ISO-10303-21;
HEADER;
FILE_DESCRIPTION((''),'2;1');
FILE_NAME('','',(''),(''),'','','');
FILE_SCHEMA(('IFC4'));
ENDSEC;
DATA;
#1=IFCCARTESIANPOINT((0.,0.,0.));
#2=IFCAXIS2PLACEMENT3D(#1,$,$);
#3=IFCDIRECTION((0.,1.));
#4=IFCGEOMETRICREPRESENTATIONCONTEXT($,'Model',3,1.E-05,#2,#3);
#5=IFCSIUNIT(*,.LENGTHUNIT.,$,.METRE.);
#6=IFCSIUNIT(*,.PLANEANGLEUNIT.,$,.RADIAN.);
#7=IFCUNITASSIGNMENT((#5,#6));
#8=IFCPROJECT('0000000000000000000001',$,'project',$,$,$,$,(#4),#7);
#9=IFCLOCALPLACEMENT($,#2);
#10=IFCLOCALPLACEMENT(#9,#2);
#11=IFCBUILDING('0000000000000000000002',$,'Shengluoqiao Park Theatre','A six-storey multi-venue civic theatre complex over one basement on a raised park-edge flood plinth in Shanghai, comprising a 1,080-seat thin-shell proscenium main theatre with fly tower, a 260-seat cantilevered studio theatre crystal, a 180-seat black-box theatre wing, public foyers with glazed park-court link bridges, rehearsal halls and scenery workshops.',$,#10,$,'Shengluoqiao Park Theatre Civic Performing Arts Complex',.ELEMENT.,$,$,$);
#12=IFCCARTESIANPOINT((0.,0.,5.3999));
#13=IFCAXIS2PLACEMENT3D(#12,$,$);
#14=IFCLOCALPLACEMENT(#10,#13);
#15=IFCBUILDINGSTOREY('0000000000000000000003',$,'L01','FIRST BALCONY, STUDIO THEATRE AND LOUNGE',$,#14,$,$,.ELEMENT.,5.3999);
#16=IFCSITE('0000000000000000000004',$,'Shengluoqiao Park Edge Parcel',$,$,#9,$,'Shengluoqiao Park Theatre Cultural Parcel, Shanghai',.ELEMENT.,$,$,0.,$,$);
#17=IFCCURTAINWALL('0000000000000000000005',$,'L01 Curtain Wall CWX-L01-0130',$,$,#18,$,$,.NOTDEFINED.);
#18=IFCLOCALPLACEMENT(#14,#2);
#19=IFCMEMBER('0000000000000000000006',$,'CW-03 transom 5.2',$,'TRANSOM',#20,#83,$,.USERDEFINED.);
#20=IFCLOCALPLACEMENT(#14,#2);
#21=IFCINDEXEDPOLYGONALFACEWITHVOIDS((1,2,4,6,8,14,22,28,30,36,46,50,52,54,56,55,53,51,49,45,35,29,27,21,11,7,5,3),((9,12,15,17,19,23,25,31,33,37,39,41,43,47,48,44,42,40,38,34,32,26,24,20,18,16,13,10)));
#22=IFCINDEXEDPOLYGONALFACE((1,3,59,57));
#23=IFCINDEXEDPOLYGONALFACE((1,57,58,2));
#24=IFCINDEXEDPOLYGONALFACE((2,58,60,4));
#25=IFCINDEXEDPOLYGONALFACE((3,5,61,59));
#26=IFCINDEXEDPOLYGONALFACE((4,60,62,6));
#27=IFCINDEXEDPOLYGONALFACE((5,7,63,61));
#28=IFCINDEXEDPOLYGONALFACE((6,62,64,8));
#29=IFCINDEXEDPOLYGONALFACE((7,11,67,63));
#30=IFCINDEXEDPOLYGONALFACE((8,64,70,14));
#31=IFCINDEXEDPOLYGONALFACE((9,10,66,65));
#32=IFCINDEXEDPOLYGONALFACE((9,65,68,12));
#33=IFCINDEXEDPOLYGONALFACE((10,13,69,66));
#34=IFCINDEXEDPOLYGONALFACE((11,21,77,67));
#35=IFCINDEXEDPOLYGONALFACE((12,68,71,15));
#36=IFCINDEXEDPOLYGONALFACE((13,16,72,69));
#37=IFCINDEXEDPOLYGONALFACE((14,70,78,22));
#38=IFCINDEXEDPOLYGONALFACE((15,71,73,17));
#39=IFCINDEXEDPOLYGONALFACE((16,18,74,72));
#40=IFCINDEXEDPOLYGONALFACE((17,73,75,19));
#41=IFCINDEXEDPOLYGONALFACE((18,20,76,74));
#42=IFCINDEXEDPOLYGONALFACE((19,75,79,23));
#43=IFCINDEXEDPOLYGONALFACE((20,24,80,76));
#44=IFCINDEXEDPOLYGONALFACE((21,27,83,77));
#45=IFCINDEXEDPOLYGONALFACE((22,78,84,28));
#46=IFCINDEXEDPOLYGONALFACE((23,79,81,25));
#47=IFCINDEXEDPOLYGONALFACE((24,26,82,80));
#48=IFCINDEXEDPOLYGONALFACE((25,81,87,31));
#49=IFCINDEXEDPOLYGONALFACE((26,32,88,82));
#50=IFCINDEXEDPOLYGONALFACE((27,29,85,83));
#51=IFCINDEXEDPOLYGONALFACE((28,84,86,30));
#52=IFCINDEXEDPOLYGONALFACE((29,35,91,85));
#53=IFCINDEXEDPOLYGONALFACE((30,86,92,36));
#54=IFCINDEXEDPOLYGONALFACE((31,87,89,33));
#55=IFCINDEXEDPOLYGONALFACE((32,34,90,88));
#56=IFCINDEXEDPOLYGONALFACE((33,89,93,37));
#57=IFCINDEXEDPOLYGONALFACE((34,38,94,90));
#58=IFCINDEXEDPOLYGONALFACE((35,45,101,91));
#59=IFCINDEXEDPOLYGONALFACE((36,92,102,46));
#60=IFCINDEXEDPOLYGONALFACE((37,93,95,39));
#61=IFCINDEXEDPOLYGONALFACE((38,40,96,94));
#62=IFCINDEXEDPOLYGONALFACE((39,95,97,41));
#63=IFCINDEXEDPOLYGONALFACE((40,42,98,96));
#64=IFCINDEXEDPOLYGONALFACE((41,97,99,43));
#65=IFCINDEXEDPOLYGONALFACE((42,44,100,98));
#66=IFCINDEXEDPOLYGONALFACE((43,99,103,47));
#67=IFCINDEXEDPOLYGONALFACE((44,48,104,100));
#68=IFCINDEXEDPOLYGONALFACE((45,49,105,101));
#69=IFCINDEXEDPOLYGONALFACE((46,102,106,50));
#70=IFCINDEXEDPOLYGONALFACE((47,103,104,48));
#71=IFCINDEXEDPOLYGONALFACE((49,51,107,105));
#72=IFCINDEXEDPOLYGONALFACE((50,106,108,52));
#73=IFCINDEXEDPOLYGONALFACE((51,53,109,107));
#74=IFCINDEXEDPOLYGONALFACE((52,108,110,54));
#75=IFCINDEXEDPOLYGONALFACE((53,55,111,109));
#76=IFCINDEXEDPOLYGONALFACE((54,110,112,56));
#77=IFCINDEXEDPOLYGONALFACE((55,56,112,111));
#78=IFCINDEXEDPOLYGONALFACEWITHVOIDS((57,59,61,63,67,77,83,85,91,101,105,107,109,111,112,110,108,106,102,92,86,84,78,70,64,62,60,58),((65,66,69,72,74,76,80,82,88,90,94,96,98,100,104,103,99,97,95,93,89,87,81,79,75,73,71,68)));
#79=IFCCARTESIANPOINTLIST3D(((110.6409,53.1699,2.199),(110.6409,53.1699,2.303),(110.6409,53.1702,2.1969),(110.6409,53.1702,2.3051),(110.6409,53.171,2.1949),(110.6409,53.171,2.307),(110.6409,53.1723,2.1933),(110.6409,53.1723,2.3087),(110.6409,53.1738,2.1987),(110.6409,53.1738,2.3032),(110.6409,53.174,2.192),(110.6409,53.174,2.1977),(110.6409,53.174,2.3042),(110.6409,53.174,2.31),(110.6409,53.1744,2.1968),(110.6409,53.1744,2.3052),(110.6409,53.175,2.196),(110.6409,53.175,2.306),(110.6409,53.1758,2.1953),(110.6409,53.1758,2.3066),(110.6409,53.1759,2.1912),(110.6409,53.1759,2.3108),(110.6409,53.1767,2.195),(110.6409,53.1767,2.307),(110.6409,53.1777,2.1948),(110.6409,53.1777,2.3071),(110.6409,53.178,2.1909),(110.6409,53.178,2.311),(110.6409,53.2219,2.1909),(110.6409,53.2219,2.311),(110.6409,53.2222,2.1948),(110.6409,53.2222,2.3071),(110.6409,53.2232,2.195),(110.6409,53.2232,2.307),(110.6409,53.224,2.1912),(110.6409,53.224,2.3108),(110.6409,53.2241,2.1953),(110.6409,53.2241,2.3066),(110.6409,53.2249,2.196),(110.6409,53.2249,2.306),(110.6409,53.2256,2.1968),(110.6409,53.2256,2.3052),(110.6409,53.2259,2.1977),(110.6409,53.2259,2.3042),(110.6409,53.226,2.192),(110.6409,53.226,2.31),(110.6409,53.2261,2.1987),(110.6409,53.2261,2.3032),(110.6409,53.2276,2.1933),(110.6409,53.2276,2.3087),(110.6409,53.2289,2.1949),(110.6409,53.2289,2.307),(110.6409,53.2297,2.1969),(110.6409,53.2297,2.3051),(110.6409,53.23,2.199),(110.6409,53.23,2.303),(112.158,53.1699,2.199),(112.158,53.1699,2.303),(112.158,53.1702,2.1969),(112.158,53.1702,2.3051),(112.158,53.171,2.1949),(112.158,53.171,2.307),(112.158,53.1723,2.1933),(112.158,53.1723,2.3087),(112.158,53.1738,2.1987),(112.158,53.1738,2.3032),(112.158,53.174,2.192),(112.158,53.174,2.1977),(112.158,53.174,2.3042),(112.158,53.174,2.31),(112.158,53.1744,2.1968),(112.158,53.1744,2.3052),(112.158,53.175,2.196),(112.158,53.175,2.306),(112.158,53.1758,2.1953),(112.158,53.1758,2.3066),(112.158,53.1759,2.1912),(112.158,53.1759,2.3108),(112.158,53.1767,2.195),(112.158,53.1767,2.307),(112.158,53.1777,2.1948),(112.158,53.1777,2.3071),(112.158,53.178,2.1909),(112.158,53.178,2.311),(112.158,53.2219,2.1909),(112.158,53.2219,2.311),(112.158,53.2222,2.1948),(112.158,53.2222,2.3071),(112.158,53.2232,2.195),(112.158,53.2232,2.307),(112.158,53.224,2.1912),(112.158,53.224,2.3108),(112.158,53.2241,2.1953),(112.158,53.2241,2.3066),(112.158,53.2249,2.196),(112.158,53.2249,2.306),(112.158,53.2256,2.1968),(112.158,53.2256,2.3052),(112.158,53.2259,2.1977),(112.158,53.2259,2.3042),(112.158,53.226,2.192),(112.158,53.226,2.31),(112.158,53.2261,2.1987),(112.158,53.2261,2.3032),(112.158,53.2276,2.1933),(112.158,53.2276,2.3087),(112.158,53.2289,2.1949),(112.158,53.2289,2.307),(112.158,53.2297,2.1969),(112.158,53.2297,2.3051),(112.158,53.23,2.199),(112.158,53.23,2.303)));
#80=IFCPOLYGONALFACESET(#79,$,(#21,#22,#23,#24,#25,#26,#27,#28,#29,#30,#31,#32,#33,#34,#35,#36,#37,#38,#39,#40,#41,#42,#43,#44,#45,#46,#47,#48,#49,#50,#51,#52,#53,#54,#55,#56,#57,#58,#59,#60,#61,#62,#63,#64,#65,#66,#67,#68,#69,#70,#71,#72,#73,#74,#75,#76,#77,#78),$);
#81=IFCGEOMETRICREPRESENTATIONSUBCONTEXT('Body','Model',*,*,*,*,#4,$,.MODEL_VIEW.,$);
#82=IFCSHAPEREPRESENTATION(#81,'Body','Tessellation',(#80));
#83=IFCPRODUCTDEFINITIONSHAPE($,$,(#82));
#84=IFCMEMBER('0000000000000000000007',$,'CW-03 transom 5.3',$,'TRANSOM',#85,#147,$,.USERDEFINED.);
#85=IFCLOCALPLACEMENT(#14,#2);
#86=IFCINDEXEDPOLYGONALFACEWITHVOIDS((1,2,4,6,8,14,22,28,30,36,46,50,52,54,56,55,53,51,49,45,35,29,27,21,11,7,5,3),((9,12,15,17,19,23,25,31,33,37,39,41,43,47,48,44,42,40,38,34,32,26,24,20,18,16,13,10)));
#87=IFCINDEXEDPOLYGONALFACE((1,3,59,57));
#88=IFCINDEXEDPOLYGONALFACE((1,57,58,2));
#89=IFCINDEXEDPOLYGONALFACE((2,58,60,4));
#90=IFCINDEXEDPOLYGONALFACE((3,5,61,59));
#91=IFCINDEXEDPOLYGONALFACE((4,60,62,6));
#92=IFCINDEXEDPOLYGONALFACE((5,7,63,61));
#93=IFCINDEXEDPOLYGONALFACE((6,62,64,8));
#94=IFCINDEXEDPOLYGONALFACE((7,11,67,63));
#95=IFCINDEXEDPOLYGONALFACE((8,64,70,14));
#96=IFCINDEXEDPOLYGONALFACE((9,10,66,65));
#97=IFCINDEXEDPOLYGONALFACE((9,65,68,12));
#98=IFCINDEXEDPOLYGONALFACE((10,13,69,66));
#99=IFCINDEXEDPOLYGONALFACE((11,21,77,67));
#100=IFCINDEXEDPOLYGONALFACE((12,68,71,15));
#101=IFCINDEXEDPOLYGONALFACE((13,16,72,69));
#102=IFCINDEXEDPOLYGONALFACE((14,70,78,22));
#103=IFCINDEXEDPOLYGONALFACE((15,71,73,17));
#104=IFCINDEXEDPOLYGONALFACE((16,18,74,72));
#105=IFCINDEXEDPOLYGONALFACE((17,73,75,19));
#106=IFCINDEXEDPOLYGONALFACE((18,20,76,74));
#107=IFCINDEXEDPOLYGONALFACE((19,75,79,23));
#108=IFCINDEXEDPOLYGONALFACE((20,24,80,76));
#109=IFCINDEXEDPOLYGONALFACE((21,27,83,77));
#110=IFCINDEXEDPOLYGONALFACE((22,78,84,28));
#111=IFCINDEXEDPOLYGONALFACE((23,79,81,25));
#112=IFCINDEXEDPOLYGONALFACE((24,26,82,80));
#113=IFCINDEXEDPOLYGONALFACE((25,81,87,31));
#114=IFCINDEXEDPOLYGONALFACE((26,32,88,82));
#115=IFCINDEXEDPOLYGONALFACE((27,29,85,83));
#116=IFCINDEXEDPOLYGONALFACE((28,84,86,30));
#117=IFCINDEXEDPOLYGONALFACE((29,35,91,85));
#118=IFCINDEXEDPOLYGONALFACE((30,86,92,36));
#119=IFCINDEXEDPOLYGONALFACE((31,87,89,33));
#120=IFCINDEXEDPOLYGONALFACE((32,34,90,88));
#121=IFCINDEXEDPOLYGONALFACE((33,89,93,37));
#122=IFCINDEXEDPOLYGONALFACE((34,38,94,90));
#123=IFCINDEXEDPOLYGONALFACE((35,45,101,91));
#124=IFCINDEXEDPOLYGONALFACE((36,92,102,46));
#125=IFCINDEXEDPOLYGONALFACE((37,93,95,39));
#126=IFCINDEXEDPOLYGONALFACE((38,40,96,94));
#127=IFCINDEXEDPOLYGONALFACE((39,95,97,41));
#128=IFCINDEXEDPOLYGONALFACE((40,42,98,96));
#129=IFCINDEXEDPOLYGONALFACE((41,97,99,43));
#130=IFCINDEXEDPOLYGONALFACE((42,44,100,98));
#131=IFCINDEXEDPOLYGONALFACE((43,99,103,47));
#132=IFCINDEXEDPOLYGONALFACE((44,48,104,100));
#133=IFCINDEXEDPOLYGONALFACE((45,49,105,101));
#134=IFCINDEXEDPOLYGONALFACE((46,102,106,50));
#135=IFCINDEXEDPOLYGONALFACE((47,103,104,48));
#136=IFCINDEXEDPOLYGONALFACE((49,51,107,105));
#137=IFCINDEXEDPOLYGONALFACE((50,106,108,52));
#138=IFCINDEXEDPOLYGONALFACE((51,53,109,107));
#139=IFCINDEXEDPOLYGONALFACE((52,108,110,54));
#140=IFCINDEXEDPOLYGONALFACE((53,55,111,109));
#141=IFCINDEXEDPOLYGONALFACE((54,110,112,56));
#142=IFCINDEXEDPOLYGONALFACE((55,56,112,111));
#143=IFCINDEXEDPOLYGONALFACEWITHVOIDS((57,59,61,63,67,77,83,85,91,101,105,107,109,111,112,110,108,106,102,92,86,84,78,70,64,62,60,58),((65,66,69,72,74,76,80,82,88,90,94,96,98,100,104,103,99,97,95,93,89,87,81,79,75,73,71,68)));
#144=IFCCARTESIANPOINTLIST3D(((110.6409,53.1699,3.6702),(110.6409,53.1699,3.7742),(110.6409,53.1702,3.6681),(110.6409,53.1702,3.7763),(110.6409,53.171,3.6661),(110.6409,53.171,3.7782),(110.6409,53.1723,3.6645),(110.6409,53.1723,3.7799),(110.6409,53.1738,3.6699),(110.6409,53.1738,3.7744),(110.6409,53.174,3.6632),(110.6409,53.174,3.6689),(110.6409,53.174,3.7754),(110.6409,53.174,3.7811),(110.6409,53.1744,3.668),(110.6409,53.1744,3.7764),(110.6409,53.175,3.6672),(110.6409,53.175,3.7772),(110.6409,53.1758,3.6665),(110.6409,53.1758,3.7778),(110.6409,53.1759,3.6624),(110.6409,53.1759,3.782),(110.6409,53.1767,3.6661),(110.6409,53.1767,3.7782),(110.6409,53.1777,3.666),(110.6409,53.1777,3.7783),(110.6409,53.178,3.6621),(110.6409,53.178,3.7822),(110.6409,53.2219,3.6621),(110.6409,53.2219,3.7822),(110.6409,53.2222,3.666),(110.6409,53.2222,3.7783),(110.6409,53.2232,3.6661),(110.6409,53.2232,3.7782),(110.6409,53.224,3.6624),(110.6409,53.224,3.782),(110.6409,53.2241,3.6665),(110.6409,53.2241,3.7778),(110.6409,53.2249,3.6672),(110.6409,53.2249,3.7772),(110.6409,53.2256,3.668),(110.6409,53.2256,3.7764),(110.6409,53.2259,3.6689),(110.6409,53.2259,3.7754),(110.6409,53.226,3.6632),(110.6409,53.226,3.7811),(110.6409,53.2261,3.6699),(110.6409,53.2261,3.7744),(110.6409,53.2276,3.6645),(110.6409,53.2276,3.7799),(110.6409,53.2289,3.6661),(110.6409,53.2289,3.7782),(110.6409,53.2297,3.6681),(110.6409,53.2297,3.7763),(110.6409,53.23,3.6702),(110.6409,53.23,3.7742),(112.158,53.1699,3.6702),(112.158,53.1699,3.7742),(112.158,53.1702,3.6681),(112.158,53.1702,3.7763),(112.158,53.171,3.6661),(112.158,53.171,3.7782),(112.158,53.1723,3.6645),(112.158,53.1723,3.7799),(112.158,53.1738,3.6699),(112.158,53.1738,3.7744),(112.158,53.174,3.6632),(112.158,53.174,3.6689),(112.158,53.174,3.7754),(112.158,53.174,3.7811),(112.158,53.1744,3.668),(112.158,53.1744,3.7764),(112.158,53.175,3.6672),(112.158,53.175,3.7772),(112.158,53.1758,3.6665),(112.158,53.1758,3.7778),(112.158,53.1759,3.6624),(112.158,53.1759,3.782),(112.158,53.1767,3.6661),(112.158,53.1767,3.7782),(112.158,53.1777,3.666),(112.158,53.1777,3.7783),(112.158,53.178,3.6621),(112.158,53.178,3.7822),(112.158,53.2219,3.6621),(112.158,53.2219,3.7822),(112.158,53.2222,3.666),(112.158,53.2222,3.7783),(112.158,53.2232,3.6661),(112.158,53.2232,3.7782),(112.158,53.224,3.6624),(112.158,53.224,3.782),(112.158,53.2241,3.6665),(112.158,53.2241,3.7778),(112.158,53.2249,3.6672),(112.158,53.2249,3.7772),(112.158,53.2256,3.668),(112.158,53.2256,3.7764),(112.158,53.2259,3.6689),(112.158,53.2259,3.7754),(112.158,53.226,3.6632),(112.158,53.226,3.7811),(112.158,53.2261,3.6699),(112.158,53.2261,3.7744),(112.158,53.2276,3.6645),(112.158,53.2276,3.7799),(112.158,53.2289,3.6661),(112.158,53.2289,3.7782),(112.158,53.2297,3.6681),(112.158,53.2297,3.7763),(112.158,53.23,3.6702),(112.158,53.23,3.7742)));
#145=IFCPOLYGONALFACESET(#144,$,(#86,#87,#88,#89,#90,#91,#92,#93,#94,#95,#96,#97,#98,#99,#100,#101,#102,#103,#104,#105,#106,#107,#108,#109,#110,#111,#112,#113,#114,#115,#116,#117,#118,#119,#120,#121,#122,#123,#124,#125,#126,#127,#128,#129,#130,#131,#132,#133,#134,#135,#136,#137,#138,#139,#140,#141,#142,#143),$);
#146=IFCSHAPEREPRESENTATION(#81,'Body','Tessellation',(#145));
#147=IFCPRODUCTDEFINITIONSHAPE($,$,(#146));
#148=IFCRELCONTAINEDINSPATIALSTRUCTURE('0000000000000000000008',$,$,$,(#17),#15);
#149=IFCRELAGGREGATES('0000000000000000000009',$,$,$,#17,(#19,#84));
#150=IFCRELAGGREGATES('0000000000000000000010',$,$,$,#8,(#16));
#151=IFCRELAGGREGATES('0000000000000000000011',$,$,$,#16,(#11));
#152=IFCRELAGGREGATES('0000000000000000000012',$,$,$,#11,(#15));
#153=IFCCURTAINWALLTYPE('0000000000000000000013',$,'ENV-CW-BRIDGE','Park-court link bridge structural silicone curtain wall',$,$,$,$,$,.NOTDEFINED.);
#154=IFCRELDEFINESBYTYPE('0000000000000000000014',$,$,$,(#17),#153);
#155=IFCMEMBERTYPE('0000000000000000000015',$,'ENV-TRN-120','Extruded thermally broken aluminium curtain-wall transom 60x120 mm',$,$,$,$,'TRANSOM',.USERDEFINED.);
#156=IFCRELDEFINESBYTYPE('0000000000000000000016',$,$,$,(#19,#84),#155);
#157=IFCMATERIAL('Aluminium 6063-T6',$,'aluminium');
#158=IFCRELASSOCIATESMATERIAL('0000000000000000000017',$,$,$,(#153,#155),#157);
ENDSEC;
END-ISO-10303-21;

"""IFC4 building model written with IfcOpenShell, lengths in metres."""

from ifc_helpers import new_model, si_unit, direction, frame, origin, origin_2d, place, context, subcontext, project, spatial, hollow_rectangle, extrude, material, material_profile, profile_set, type_object, element, aggregate, save


model = new_model("IFC4")

# Units and contexts
model_context = context("Model", 3, precision=1e-05, world=origin(), true_north=direction((0.0, 1.0)))
body_context = subcontext(model_context, "Body", "Model", "MODEL_VIEW")
ifc_project = project(units=[si_unit("LENGTHUNIT", "METRE"), si_unit("PLANEANGLEUNIT", "RADIAN")], contexts=[model_context])

# Site, building, storey
site_placement = place(None, origin())
site = spatial("IfcSite", under=ifc_project, at=site_placement, Name="Shengluoqiao Park Edge Parcel", LongName="Shengluoqiao Park Theatre Cultural Parcel, Shanghai", CompositionType="ELEMENT", RefElevation=0.0)
building_placement = place(site_placement, origin())
building = spatial("IfcBuilding", under=site, at=building_placement, Name="Shengluoqiao Park Theatre", Description="A six-storey multi-venue civic theatre complex over one basement on a raised park-edge flood plinth in Shanghai, comprising a 1,080-seat thin-shell proscenium main theatre with fly tower, a 260-seat cantilevered studio theatre crystal, a 180-seat black-box theatre wing, public foyers with glazed park-court link bridges, rehearsal halls and scenery workshops.", LongName="Shengluoqiao Park Theatre Civic Performing Arts Complex", CompositionType="ELEMENT")
storey_placement = place(building_placement, frame((0.0, 0.0, 5.3999)))
storey = spatial("IfcBuildingStorey", under=building, at=storey_placement, Name="L01", Description="FIRST BALCONY, STUDIO THEATRE AND LOUNGE", CompositionType="ELEMENT", Elevation=5.3999)

# Curtain wall
ifc_material_1 = material(Name="Aluminium 6063-T6", Category="aluminium")
curtain_wall_type = type_object("IfcCurtainWallType", Name="ENV-CW-BRIDGE", Description="Park-court link bridge structural silicone curtain wall", PredefinedType="NOTDEFINED", material=ifc_material_1)
curtain_wall_1_placement = place(storey_placement, origin())
curtain_wall_1 = element("IfcCurtainWall", 1, at=curtain_wall_1_placement, inside=storey, type_object=curtain_wall_type, Name="L01 Curtain Wall CWX-L01-0130", PredefinedType="NOTDEFINED")

# Members
ifc_material_profile_1 = material_profile(ifc_material_1, hollow_rectangle(XDim=0.0601, YDim=0.1201, WallThickness=0.0039, InnerFilletRadius=0.0039, OuterFilletRadius=0.0081, at=origin_2d()), Name="ALU TRANSOM 120x60x4")
ifc_profile_set_1 = profile_set([ifc_material_profile_1], Name="Aluminium 6063-T6")
member_type_1 = type_object("IfcMemberType", Name="ENV-TRN-120", Description="Extruded thermally broken aluminium curtain-wall transom 60x120 mm", ElementType="TRANSOM", PredefinedType="USERDEFINED", material=ifc_profile_set_1)
member_1_placement = place(storey_placement, frame((110.6409, 53.2, 2.251), z_axis=(1.0, 0.0, 0.0), x_axis=(0.0, 1.0, 0.0)))
member_1 = element("IfcMember", 2, at=member_1_placement, type_object=member_type_1, Name="CW-03 transom 5.2", ObjectType="TRANSOM", PredefinedType="USERDEFINED", context=body_context, shape_type="SweptSolid", body=[
    extrude(hollow_rectangle(XDim=0.0601, YDim=0.1201, WallThickness=0.0039, InnerFilletRadius=0.0039, OuterFilletRadius=0.0081, at=origin_2d()), origin(), (0.0, 0.0, 1.0), 1.5171),
])
member_2_placement = place(storey_placement, frame((110.6409, 53.2, 3.7222), z_axis=(1.0, 0.0, 0.0), x_axis=(0.0, 1.0, 0.0)))
member_2 = element("IfcMember", 3, at=member_2_placement, type_object=member_type_1, Name="CW-03 transom 5.3", ObjectType="TRANSOM", PredefinedType="USERDEFINED", context=body_context, shape_type="SweptSolid", body=[
    extrude(hollow_rectangle(XDim=0.0601, YDim=0.1201, WallThickness=0.0039, InnerFilletRadius=0.0039, OuterFilletRadius=0.0081, at=origin_2d()), origin(), (0.0, 0.0, 1.0), 1.5171),
])

aggregate(curtain_wall_1, [member_1, member_2])

save(model, "model.ifc")
